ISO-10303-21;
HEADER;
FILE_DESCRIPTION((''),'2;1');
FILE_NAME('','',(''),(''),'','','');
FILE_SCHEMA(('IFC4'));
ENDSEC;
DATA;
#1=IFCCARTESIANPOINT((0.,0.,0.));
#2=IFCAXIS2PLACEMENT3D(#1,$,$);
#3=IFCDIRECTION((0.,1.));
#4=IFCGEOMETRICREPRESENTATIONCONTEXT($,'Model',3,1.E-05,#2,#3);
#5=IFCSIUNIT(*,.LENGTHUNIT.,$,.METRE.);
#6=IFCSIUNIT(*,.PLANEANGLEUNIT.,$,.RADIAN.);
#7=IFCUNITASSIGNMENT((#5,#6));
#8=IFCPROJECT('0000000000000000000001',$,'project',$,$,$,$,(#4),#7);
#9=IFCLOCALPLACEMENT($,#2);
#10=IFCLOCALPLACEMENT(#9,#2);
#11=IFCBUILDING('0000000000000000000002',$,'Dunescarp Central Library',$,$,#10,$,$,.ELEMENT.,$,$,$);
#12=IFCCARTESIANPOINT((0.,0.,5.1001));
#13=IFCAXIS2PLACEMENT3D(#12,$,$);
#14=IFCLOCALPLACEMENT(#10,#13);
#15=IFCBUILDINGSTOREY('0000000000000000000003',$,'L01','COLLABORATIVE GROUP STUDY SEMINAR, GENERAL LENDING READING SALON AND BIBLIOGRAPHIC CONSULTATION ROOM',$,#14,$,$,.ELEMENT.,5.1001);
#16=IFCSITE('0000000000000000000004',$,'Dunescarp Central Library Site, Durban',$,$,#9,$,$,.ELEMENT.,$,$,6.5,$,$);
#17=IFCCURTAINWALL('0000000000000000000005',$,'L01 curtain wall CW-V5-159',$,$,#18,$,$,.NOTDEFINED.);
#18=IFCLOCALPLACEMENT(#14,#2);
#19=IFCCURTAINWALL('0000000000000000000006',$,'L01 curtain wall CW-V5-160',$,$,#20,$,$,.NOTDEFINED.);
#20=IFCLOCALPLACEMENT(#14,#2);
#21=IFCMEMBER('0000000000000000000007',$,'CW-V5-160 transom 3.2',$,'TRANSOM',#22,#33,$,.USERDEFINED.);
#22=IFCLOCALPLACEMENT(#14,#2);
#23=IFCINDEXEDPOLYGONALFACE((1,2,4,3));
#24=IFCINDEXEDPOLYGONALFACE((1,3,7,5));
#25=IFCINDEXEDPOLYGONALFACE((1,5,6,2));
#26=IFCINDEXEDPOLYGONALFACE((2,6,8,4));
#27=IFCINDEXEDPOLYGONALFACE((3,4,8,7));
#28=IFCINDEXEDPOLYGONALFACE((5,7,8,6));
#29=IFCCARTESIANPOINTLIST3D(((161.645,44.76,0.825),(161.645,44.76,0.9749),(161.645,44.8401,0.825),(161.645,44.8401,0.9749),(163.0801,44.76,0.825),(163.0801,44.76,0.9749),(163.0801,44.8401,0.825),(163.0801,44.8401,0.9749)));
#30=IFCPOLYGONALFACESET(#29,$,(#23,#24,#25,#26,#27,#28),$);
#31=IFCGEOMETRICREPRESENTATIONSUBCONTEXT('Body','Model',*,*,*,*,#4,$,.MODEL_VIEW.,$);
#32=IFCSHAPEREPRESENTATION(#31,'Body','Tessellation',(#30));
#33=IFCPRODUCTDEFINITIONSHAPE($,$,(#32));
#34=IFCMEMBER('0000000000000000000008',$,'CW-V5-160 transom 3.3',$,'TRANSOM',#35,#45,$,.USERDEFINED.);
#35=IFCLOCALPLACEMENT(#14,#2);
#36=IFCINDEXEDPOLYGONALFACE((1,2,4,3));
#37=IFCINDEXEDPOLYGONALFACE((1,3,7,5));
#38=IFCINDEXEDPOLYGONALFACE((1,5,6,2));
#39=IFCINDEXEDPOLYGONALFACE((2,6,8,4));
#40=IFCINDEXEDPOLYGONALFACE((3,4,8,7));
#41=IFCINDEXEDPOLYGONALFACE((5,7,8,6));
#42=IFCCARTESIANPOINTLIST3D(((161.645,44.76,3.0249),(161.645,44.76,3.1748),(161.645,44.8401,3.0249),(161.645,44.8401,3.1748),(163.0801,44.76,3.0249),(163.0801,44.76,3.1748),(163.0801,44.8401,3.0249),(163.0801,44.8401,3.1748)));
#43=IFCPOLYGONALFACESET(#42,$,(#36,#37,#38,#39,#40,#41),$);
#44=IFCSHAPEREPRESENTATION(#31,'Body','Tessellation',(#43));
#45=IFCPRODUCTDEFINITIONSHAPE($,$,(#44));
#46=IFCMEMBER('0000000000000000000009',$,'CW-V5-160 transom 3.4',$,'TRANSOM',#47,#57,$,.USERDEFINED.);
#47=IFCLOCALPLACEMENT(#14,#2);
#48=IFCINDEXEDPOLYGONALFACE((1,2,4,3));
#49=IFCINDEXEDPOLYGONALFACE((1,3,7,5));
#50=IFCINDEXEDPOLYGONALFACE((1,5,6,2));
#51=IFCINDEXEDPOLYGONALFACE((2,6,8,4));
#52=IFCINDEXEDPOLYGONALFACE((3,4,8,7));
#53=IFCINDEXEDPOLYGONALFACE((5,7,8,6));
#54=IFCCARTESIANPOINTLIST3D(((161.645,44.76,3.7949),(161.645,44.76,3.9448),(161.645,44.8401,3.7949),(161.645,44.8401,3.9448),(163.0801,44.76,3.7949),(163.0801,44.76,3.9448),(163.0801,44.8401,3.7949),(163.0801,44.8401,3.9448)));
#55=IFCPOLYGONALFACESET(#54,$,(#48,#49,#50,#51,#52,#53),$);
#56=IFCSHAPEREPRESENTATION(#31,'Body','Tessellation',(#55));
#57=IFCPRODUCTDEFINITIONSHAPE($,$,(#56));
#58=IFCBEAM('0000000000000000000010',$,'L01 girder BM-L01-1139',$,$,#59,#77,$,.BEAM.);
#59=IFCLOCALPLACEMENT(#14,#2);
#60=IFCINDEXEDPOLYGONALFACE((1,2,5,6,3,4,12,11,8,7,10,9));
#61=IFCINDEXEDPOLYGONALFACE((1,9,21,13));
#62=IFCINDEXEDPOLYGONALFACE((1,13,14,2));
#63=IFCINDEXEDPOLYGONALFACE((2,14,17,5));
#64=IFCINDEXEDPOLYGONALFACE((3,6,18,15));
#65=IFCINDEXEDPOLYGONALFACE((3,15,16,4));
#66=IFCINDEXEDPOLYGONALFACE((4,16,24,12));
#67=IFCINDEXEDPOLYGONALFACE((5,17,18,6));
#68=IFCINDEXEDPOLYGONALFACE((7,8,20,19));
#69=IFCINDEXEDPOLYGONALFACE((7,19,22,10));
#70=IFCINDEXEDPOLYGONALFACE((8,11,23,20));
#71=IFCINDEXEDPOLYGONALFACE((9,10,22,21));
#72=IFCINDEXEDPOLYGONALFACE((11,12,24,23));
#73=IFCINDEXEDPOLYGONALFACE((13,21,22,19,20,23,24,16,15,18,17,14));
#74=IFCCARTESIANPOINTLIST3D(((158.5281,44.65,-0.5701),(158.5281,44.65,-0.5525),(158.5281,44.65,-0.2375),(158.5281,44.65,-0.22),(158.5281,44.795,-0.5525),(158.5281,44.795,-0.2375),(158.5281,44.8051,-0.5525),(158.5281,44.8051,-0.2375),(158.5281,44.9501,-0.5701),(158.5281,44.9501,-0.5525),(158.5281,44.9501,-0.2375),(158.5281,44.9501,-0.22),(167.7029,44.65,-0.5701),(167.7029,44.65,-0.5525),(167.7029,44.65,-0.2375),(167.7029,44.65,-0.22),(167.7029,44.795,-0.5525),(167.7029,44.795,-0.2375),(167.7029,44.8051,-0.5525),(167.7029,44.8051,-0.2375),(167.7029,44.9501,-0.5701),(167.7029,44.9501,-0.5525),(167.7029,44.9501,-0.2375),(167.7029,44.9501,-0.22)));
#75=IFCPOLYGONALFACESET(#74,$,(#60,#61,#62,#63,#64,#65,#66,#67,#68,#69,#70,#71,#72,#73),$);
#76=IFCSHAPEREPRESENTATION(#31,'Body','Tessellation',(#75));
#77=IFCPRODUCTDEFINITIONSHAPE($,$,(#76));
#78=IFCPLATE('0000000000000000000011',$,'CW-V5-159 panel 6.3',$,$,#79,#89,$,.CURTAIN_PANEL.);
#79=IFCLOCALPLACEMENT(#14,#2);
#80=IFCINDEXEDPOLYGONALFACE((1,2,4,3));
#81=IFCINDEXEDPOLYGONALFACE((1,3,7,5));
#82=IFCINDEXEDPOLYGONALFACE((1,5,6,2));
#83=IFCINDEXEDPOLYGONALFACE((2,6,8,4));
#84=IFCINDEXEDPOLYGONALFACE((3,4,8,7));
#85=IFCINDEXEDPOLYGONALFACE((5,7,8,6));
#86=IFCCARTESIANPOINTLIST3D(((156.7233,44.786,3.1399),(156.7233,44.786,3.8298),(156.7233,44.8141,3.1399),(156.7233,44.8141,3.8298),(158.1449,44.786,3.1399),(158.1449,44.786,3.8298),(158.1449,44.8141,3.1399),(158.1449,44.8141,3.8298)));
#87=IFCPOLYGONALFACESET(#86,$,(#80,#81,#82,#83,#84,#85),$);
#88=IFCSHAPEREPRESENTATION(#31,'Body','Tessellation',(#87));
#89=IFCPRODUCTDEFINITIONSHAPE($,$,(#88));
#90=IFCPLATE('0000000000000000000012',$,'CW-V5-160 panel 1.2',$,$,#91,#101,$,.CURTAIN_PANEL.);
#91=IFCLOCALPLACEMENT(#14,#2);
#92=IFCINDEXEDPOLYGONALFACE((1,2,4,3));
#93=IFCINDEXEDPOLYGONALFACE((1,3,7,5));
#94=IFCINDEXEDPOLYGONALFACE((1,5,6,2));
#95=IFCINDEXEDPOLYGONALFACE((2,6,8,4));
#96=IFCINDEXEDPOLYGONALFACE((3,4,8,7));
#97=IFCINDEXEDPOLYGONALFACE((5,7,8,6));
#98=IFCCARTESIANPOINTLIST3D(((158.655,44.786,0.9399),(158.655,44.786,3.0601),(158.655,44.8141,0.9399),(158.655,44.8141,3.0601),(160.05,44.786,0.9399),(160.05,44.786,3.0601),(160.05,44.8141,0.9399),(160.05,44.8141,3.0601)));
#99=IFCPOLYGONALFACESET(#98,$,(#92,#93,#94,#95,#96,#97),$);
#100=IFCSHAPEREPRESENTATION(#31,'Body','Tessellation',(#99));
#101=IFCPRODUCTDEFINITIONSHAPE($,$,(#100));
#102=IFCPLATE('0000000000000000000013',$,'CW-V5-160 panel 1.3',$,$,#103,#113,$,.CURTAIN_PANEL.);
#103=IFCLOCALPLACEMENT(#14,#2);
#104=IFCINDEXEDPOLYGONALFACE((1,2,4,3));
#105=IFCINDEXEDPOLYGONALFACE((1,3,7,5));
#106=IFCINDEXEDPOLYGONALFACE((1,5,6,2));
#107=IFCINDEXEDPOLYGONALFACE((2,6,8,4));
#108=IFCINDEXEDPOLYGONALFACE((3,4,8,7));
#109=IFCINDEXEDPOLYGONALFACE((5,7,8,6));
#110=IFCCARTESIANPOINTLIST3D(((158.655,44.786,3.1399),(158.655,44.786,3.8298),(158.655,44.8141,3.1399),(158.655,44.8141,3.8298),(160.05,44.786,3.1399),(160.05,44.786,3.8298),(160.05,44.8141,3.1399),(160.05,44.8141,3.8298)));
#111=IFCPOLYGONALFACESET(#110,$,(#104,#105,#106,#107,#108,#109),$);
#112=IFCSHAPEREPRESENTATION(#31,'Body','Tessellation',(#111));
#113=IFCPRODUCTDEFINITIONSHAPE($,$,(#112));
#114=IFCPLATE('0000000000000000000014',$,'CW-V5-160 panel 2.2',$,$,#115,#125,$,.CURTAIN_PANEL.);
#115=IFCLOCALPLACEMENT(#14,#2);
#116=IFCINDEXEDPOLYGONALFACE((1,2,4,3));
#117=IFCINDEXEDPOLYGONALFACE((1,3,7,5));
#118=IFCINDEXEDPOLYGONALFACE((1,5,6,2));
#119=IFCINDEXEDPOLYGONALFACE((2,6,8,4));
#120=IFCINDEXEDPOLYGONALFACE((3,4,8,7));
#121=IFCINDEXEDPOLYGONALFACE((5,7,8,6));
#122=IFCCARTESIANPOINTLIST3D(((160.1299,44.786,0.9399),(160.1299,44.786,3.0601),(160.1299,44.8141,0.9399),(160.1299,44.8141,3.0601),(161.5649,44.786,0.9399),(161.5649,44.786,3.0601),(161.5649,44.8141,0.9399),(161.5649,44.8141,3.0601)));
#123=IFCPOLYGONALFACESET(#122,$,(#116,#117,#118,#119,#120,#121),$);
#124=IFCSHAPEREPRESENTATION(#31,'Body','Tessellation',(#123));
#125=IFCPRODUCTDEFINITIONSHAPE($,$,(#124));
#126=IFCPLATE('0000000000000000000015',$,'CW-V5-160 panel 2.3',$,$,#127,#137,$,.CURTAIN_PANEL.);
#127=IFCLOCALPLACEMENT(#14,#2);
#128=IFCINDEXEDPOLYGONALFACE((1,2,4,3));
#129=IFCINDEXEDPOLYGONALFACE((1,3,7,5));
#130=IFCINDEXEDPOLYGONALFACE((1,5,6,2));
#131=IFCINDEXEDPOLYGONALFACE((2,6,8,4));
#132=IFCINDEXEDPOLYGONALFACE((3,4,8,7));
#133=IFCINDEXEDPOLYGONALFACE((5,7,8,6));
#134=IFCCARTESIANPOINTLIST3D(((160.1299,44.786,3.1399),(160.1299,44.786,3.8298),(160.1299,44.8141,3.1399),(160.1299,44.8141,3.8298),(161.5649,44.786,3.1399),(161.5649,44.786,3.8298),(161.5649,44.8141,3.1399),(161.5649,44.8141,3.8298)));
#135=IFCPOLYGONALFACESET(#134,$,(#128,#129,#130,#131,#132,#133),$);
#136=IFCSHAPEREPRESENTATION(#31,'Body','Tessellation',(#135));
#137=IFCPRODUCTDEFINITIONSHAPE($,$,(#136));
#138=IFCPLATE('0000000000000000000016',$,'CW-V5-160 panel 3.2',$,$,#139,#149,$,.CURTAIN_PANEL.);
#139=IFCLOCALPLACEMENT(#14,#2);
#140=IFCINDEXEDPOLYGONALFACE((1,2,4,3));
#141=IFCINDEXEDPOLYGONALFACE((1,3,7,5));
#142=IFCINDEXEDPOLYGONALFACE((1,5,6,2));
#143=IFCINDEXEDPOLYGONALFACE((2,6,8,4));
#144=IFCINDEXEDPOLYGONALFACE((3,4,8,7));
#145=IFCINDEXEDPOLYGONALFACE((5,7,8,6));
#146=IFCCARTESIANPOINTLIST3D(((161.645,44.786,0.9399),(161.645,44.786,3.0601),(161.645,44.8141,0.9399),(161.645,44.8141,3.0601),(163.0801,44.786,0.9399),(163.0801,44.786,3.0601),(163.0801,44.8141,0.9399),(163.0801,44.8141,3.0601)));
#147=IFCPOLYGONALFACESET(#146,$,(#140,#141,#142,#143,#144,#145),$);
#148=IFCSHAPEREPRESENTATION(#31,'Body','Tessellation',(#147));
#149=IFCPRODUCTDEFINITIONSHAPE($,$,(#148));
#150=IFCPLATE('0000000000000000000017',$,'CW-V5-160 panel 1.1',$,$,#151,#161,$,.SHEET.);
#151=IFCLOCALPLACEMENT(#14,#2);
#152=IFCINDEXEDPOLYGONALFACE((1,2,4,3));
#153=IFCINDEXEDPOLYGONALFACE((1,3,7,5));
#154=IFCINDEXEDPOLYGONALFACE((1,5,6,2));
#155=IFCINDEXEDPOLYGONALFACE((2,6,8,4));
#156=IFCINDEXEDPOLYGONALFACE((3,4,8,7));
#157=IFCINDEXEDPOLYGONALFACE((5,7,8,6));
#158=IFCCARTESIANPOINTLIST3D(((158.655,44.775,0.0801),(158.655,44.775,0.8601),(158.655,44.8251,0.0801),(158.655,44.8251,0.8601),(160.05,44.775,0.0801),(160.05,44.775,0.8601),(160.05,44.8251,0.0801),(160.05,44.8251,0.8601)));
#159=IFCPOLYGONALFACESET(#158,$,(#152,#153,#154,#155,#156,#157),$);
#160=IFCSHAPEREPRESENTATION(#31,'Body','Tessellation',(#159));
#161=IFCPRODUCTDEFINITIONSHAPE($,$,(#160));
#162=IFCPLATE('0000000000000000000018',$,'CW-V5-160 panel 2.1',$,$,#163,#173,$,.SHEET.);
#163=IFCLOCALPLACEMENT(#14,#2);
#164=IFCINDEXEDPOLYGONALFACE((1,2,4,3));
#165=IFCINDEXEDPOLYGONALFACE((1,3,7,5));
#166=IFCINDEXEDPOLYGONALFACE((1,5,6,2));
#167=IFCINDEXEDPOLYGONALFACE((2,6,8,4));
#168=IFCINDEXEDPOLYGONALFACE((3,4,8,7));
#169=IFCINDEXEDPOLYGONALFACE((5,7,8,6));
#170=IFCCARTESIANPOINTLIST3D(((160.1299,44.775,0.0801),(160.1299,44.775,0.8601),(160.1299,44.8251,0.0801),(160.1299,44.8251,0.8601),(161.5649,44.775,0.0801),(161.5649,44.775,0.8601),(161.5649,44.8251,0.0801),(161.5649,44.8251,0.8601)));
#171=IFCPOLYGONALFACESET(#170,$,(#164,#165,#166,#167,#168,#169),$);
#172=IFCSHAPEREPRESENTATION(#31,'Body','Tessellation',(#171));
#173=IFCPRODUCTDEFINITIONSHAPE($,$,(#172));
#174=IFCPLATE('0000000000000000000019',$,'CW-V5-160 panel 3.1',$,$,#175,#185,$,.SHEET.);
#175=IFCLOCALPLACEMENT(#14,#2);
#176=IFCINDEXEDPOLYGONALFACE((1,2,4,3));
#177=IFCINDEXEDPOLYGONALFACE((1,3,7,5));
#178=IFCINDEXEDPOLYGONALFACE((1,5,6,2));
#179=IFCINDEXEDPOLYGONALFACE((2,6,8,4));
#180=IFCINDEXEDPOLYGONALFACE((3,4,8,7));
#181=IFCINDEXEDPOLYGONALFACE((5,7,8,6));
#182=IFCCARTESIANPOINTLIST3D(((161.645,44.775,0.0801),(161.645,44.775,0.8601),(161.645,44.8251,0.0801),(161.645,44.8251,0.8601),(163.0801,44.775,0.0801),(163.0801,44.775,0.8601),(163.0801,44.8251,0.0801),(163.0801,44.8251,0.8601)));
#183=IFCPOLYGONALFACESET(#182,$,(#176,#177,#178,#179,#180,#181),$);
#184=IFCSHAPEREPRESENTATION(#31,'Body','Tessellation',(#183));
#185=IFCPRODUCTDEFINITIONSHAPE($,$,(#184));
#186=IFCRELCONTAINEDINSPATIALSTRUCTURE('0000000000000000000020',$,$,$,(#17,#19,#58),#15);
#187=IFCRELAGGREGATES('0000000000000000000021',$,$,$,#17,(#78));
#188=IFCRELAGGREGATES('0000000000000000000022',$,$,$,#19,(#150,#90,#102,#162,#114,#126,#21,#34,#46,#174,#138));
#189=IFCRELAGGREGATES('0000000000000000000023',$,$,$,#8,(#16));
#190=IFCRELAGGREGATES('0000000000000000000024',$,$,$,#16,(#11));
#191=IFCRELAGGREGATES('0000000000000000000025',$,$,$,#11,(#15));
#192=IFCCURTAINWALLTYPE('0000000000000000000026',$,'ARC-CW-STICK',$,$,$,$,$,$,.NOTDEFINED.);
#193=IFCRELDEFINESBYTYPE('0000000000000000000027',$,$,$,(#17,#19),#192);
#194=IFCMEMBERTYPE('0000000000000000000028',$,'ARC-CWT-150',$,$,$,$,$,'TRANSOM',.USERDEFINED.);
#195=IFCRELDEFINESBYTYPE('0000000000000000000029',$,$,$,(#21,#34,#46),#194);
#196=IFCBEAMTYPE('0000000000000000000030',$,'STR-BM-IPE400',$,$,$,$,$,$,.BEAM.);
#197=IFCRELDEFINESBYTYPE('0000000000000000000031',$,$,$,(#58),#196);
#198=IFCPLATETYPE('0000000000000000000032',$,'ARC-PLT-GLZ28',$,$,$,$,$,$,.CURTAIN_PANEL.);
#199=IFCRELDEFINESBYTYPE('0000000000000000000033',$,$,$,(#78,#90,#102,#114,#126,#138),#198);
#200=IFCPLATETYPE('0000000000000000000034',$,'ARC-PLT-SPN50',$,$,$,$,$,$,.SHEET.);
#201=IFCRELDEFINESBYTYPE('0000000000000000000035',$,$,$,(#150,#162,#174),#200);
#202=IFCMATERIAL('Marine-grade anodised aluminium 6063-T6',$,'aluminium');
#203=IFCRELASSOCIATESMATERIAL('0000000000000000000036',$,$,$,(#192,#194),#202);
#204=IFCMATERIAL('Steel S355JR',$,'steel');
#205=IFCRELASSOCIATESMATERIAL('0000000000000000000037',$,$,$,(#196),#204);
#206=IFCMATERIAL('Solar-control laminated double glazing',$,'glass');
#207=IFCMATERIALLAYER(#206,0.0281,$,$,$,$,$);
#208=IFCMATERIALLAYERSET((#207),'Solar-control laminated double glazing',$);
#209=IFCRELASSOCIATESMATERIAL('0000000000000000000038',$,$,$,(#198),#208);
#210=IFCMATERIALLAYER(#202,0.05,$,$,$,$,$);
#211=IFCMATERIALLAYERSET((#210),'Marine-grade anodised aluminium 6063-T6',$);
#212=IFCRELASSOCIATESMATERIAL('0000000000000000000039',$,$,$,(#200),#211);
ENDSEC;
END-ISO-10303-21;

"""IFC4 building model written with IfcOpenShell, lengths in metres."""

from ifc_helpers import new_model, si_unit, direction, frame, origin, origin_2d, place, context, subcontext, project, spatial, rectangle, i_section, extrude, material, layer, layer_set, material_profile, profile_set, type_object, element, aggregate, save


model = new_model("IFC4")

# Units and contexts
model_context = context("Model", 3, precision=1e-05, world=origin(), true_north=direction((0.0, 1.0)))
body_context = subcontext(model_context, "Body", "Model", "MODEL_VIEW")
ifc_project = project(units=[si_unit("LENGTHUNIT", "METRE"), si_unit("PLANEANGLEUNIT", "RADIAN")], contexts=[model_context])

# Site, building, storey
site_placement = place(None, origin())
site = spatial("IfcSite", under=ifc_project, at=site_placement, Name="Dunescarp Central Library Site, Durban", CompositionType="ELEMENT", RefElevation=6.5)
building_placement = place(site_placement, origin())
building = spatial("IfcBuilding", under=site, at=building_placement, Name="Dunescarp Central Library", CompositionType="ELEMENT")
storey_placement = place(building_placement, frame((0.0, 0.0, 5.1001)))
storey = spatial("IfcBuildingStorey", under=building, at=storey_placement, Name="L01", Description="COLLABORATIVE GROUP STUDY SEMINAR, GENERAL LENDING READING SALON AND BIBLIOGRAPHIC CONSULTATION ROOM", CompositionType="ELEMENT", Elevation=5.1001)

# Shared definitions
ifc_material_1 = material(Name="Steel S355JR", Category="steel")

# Curtain wall
ifc_material_2 = material(Name="Marine-grade anodised aluminium 6063-T6", Category="aluminium")
curtain_wall_type = type_object("IfcCurtainWallType", Name="ARC-CW-STICK", PredefinedType="NOTDEFINED", material=ifc_material_2)
curtain_wall_1_placement = place(storey_placement, origin())
curtain_wall_1 = element("IfcCurtainWall", 1, at=curtain_wall_1_placement, inside=storey, type_object=curtain_wall_type, Name="L01 curtain wall CW-V5-159", PredefinedType="NOTDEFINED")

# Curtain wall, members
curtain_wall_2_placement = place(storey_placement, origin())
curtain_wall_2 = element("IfcCurtainWall", 2, at=curtain_wall_2_placement, inside=storey, type_object=curtain_wall_type, Name="L01 curtain wall CW-V5-160", PredefinedType="NOTDEFINED")
ifc_material_profile_1 = material_profile(ifc_material_2, rectangle(XDim=0.0801, YDim=0.1499, at=origin_2d()), Name="AL 80x150")
ifc_profile_set_1 = profile_set([ifc_material_profile_1], Name="Marine-grade anodised aluminium 6063-T6")
member_type_1 = type_object("IfcMemberType", Name="ARC-CWT-150", ElementType="TRANSOM", PredefinedType="USERDEFINED", material=ifc_profile_set_1)
member_1_placement = place(storey_placement, frame((161.645, 44.8, 0.8999), z_axis=(1.0, 0.0, 0.0), x_axis=(0.0, 1.0, 0.0)))
member_1 = element("IfcMember", 3, at=member_1_placement, type_object=member_type_1, Name="CW-V5-160 transom 3.2", ObjectType="TRANSOM", PredefinedType="USERDEFINED", context=body_context, shape_type="SweptSolid", body=[
    extrude(rectangle(XDim=0.0801, YDim=0.1499, at=origin_2d()), origin(), (0.0, 0.0, 1.0), 1.4351),
])
member_2_placement = place(storey_placement, frame((161.645, 44.8, 3.0999), z_axis=(1.0, 0.0, 0.0), x_axis=(0.0, 1.0, 0.0)))
member_2 = element("IfcMember", 4, at=member_2_placement, type_object=member_type_1, Name="CW-V5-160 transom 3.3", ObjectType="TRANSOM", PredefinedType="USERDEFINED", context=body_context, shape_type="SweptSolid", body=[
    extrude(rectangle(XDim=0.0801, YDim=0.1499, at=origin_2d()), origin(), (0.0, 0.0, 1.0), 1.4351),
])
member_3_placement = place(storey_placement, frame((161.645, 44.8, 3.8699), z_axis=(1.0, 0.0, 0.0), x_axis=(0.0, 1.0, 0.0)))
member_3 = element("IfcMember", 5, at=member_3_placement, type_object=member_type_1, Name="CW-V5-160 transom 3.4", ObjectType="TRANSOM", PredefinedType="USERDEFINED", context=body_context, shape_type="SweptSolid", body=[
    extrude(rectangle(XDim=0.0801, YDim=0.1499, at=origin_2d()), origin(), (0.0, 0.0, 1.0), 1.4351),
])

# Beam
ifc_material_profile_2 = material_profile(ifc_material_1, i_section(OverallWidth=0.3, OverallDepth=0.3501, WebThickness=0.01, FlangeThickness=0.0176, at=origin_2d()), Name="HEA 360")
ifc_profile_set_2 = profile_set([ifc_material_profile_2], Name="Steel S355JR")
beam_type = type_object("IfcBeamType", Name="STR-BM-IPE400", PredefinedType="BEAM", material=ifc_profile_set_2)
beam_placement = place(storey_placement, frame((158.5281, 44.8, -0.395), z_axis=(1.0, 0.0, 0.0), x_axis=(0.0, 1.0, 0.0)))
element("IfcBeam", 6, at=beam_placement, inside=storey, type_object=beam_type, Name="L01 girder BM-L01-1139", PredefinedType="BEAM", context=body_context, shape_type="SweptSolid", body=[
    extrude(i_section(OverallWidth=0.3, OverallDepth=0.3501, WebThickness=0.01, FlangeThickness=0.0176, at=origin_2d()), origin(), (0.0, 0.0, 1.0), 9.1748),
])

# Plates
ifc_material_3 = material(Name="Solar-control laminated double glazing", Category="glass")
ifc_layer_1 = layer(ifc_material_3, 0.0281)
ifc_layer_set_1 = layer_set([ifc_layer_1], Name="Solar-control laminated double glazing")
plate_type_1 = type_object("IfcPlateType", Name="ARC-PLT-GLZ28", PredefinedType="CURTAIN_PANEL", material=ifc_layer_set_1)
plate_1_placement = place(storey_placement, frame((157.4341, 44.8, 3.1399), z_axis=(0.0, 0.0, 1.0), x_axis=(1.0, 0.0, 0.0)))
plate_1 = element("IfcPlate", 7, at=plate_1_placement, type_object=plate_type_1, Name="CW-V5-159 panel 6.3", PredefinedType="CURTAIN_PANEL", context=body_context, shape_type="SweptSolid", body=[
    extrude(rectangle(XDim=1.4216, YDim=0.0281, at=origin_2d()), origin(), (0.0, 0.0, 1.0), 0.6899),
])
aggregate(curtain_wall_1, [plate_1])
plate_2_placement = place(storey_placement, frame((159.3525, 44.8, 0.9399), z_axis=(0.0, 0.0, 1.0), x_axis=(1.0, 0.0, 0.0)))
plate_2 = element("IfcPlate", 8, at=plate_2_placement, type_object=plate_type_1, Name="CW-V5-160 panel 1.2", PredefinedType="CURTAIN_PANEL", context=body_context, shape_type="SweptSolid", body=[
    extrude(rectangle(XDim=1.395, YDim=0.0281, at=origin_2d()), origin(), (0.0, 0.0, 1.0), 2.1201),
])
plate_3_placement = place(storey_placement, frame((159.3525, 44.8, 3.1399), z_axis=(0.0, 0.0, 1.0), x_axis=(1.0, 0.0, 0.0)))
plate_3 = element("IfcPlate", 9, at=plate_3_placement, type_object=plate_type_1, Name="CW-V5-160 panel 1.3", PredefinedType="CURTAIN_PANEL", context=body_context, shape_type="SweptSolid", body=[
    extrude(rectangle(XDim=1.395, YDim=0.0281, at=origin_2d()), origin(), (0.0, 0.0, 1.0), 0.6899),
])
plate_4_placement = place(storey_placement, frame((160.8474, 44.8, 0.9399), z_axis=(0.0, 0.0, 1.0), x_axis=(1.0, 0.0, 0.0)))
plate_4 = element("IfcPlate", 10, at=plate_4_placement, type_object=plate_type_1, Name="CW-V5-160 panel 2.2", PredefinedType="CURTAIN_PANEL", context=body_context, shape_type="SweptSolid", body=[
    extrude(rectangle(XDim=1.4351, YDim=0.0281, at=origin_2d()), origin(), (0.0, 0.0, 1.0), 2.1201),
])
plate_5_placement = place(storey_placement, frame((160.8474, 44.8, 3.1399), z_axis=(0.0, 0.0, 1.0), x_axis=(1.0, 0.0, 0.0)))
plate_5 = element("IfcPlate", 11, at=plate_5_placement, type_object=plate_type_1, Name="CW-V5-160 panel 2.3", PredefinedType="CURTAIN_PANEL", context=body_context, shape_type="SweptSolid", body=[
    extrude(rectangle(XDim=1.4351, YDim=0.0281, at=origin_2d()), origin(), (0.0, 0.0, 1.0), 0.6899),
])
plate_6_placement = place(storey_placement, frame((162.3625, 44.8, 0.9399), z_axis=(0.0, 0.0, 1.0), x_axis=(1.0, 0.0, 0.0)))
plate_6 = element("IfcPlate", 12, at=plate_6_placement, type_object=plate_type_1, Name="CW-V5-160 panel 3.2", PredefinedType="CURTAIN_PANEL", context=body_context, shape_type="SweptSolid", body=[
    extrude(rectangle(XDim=1.4351, YDim=0.0281, at=origin_2d()), origin(), (0.0, 0.0, 1.0), 2.1201),
])
ifc_layer_2 = layer(ifc_material_2, 0.05)
ifc_layer_set_2 = layer_set([ifc_layer_2], Name="Marine-grade anodised aluminium 6063-T6")
plate_type_2 = type_object("IfcPlateType", Name="ARC-PLT-SPN50", PredefinedType="SHEET", material=ifc_layer_set_2)
plate_7_placement = place(storey_placement, frame((159.3525, 44.8, 0.0801), z_axis=(0.0, 0.0, 1.0), x_axis=(1.0, 0.0, 0.0)))
plate_7 = element("IfcPlate", 13, at=plate_7_placement, type_object=plate_type_2, Name="CW-V5-160 panel 1.1", PredefinedType="SHEET", context=body_context, shape_type="SweptSolid", body=[
    extrude(rectangle(XDim=1.395, YDim=0.05, at=origin_2d()), origin(), (0.0, 0.0, 1.0), 0.78),
])
plate_8_placement = place(storey_placement, frame((160.8474, 44.8, 0.0801), z_axis=(0.0, 0.0, 1.0), x_axis=(1.0, 0.0, 0.0)))
plate_8 = element("IfcPlate", 14, at=plate_8_placement, type_object=plate_type_2, Name="CW-V5-160 panel 2.1", PredefinedType="SHEET", context=body_context, shape_type="SweptSolid", body=[
    extrude(rectangle(XDim=1.4351, YDim=0.05, at=origin_2d()), origin(), (0.0, 0.0, 1.0), 0.78),
])
plate_9_placement = place(storey_placement, frame((162.3625, 44.8, 0.0801), z_axis=(0.0, 0.0, 1.0), x_axis=(1.0, 0.0, 0.0)))
plate_9 = element("IfcPlate", 15, at=plate_9_placement, type_object=plate_type_2, Name="CW-V5-160 panel 3.1", PredefinedType="SHEET", context=body_context, shape_type="SweptSolid", body=[
    extrude(rectangle(XDim=1.4351, YDim=0.05, at=origin_2d()), origin(), (0.0, 0.0, 1.0), 0.78),
])
aggregate(curtain_wall_2, [plate_7, plate_2, plate_3, plate_8, plate_4, plate_5, member_1, member_2, member_3, plate_9, plate_6])

save(model, "model.ifc")
